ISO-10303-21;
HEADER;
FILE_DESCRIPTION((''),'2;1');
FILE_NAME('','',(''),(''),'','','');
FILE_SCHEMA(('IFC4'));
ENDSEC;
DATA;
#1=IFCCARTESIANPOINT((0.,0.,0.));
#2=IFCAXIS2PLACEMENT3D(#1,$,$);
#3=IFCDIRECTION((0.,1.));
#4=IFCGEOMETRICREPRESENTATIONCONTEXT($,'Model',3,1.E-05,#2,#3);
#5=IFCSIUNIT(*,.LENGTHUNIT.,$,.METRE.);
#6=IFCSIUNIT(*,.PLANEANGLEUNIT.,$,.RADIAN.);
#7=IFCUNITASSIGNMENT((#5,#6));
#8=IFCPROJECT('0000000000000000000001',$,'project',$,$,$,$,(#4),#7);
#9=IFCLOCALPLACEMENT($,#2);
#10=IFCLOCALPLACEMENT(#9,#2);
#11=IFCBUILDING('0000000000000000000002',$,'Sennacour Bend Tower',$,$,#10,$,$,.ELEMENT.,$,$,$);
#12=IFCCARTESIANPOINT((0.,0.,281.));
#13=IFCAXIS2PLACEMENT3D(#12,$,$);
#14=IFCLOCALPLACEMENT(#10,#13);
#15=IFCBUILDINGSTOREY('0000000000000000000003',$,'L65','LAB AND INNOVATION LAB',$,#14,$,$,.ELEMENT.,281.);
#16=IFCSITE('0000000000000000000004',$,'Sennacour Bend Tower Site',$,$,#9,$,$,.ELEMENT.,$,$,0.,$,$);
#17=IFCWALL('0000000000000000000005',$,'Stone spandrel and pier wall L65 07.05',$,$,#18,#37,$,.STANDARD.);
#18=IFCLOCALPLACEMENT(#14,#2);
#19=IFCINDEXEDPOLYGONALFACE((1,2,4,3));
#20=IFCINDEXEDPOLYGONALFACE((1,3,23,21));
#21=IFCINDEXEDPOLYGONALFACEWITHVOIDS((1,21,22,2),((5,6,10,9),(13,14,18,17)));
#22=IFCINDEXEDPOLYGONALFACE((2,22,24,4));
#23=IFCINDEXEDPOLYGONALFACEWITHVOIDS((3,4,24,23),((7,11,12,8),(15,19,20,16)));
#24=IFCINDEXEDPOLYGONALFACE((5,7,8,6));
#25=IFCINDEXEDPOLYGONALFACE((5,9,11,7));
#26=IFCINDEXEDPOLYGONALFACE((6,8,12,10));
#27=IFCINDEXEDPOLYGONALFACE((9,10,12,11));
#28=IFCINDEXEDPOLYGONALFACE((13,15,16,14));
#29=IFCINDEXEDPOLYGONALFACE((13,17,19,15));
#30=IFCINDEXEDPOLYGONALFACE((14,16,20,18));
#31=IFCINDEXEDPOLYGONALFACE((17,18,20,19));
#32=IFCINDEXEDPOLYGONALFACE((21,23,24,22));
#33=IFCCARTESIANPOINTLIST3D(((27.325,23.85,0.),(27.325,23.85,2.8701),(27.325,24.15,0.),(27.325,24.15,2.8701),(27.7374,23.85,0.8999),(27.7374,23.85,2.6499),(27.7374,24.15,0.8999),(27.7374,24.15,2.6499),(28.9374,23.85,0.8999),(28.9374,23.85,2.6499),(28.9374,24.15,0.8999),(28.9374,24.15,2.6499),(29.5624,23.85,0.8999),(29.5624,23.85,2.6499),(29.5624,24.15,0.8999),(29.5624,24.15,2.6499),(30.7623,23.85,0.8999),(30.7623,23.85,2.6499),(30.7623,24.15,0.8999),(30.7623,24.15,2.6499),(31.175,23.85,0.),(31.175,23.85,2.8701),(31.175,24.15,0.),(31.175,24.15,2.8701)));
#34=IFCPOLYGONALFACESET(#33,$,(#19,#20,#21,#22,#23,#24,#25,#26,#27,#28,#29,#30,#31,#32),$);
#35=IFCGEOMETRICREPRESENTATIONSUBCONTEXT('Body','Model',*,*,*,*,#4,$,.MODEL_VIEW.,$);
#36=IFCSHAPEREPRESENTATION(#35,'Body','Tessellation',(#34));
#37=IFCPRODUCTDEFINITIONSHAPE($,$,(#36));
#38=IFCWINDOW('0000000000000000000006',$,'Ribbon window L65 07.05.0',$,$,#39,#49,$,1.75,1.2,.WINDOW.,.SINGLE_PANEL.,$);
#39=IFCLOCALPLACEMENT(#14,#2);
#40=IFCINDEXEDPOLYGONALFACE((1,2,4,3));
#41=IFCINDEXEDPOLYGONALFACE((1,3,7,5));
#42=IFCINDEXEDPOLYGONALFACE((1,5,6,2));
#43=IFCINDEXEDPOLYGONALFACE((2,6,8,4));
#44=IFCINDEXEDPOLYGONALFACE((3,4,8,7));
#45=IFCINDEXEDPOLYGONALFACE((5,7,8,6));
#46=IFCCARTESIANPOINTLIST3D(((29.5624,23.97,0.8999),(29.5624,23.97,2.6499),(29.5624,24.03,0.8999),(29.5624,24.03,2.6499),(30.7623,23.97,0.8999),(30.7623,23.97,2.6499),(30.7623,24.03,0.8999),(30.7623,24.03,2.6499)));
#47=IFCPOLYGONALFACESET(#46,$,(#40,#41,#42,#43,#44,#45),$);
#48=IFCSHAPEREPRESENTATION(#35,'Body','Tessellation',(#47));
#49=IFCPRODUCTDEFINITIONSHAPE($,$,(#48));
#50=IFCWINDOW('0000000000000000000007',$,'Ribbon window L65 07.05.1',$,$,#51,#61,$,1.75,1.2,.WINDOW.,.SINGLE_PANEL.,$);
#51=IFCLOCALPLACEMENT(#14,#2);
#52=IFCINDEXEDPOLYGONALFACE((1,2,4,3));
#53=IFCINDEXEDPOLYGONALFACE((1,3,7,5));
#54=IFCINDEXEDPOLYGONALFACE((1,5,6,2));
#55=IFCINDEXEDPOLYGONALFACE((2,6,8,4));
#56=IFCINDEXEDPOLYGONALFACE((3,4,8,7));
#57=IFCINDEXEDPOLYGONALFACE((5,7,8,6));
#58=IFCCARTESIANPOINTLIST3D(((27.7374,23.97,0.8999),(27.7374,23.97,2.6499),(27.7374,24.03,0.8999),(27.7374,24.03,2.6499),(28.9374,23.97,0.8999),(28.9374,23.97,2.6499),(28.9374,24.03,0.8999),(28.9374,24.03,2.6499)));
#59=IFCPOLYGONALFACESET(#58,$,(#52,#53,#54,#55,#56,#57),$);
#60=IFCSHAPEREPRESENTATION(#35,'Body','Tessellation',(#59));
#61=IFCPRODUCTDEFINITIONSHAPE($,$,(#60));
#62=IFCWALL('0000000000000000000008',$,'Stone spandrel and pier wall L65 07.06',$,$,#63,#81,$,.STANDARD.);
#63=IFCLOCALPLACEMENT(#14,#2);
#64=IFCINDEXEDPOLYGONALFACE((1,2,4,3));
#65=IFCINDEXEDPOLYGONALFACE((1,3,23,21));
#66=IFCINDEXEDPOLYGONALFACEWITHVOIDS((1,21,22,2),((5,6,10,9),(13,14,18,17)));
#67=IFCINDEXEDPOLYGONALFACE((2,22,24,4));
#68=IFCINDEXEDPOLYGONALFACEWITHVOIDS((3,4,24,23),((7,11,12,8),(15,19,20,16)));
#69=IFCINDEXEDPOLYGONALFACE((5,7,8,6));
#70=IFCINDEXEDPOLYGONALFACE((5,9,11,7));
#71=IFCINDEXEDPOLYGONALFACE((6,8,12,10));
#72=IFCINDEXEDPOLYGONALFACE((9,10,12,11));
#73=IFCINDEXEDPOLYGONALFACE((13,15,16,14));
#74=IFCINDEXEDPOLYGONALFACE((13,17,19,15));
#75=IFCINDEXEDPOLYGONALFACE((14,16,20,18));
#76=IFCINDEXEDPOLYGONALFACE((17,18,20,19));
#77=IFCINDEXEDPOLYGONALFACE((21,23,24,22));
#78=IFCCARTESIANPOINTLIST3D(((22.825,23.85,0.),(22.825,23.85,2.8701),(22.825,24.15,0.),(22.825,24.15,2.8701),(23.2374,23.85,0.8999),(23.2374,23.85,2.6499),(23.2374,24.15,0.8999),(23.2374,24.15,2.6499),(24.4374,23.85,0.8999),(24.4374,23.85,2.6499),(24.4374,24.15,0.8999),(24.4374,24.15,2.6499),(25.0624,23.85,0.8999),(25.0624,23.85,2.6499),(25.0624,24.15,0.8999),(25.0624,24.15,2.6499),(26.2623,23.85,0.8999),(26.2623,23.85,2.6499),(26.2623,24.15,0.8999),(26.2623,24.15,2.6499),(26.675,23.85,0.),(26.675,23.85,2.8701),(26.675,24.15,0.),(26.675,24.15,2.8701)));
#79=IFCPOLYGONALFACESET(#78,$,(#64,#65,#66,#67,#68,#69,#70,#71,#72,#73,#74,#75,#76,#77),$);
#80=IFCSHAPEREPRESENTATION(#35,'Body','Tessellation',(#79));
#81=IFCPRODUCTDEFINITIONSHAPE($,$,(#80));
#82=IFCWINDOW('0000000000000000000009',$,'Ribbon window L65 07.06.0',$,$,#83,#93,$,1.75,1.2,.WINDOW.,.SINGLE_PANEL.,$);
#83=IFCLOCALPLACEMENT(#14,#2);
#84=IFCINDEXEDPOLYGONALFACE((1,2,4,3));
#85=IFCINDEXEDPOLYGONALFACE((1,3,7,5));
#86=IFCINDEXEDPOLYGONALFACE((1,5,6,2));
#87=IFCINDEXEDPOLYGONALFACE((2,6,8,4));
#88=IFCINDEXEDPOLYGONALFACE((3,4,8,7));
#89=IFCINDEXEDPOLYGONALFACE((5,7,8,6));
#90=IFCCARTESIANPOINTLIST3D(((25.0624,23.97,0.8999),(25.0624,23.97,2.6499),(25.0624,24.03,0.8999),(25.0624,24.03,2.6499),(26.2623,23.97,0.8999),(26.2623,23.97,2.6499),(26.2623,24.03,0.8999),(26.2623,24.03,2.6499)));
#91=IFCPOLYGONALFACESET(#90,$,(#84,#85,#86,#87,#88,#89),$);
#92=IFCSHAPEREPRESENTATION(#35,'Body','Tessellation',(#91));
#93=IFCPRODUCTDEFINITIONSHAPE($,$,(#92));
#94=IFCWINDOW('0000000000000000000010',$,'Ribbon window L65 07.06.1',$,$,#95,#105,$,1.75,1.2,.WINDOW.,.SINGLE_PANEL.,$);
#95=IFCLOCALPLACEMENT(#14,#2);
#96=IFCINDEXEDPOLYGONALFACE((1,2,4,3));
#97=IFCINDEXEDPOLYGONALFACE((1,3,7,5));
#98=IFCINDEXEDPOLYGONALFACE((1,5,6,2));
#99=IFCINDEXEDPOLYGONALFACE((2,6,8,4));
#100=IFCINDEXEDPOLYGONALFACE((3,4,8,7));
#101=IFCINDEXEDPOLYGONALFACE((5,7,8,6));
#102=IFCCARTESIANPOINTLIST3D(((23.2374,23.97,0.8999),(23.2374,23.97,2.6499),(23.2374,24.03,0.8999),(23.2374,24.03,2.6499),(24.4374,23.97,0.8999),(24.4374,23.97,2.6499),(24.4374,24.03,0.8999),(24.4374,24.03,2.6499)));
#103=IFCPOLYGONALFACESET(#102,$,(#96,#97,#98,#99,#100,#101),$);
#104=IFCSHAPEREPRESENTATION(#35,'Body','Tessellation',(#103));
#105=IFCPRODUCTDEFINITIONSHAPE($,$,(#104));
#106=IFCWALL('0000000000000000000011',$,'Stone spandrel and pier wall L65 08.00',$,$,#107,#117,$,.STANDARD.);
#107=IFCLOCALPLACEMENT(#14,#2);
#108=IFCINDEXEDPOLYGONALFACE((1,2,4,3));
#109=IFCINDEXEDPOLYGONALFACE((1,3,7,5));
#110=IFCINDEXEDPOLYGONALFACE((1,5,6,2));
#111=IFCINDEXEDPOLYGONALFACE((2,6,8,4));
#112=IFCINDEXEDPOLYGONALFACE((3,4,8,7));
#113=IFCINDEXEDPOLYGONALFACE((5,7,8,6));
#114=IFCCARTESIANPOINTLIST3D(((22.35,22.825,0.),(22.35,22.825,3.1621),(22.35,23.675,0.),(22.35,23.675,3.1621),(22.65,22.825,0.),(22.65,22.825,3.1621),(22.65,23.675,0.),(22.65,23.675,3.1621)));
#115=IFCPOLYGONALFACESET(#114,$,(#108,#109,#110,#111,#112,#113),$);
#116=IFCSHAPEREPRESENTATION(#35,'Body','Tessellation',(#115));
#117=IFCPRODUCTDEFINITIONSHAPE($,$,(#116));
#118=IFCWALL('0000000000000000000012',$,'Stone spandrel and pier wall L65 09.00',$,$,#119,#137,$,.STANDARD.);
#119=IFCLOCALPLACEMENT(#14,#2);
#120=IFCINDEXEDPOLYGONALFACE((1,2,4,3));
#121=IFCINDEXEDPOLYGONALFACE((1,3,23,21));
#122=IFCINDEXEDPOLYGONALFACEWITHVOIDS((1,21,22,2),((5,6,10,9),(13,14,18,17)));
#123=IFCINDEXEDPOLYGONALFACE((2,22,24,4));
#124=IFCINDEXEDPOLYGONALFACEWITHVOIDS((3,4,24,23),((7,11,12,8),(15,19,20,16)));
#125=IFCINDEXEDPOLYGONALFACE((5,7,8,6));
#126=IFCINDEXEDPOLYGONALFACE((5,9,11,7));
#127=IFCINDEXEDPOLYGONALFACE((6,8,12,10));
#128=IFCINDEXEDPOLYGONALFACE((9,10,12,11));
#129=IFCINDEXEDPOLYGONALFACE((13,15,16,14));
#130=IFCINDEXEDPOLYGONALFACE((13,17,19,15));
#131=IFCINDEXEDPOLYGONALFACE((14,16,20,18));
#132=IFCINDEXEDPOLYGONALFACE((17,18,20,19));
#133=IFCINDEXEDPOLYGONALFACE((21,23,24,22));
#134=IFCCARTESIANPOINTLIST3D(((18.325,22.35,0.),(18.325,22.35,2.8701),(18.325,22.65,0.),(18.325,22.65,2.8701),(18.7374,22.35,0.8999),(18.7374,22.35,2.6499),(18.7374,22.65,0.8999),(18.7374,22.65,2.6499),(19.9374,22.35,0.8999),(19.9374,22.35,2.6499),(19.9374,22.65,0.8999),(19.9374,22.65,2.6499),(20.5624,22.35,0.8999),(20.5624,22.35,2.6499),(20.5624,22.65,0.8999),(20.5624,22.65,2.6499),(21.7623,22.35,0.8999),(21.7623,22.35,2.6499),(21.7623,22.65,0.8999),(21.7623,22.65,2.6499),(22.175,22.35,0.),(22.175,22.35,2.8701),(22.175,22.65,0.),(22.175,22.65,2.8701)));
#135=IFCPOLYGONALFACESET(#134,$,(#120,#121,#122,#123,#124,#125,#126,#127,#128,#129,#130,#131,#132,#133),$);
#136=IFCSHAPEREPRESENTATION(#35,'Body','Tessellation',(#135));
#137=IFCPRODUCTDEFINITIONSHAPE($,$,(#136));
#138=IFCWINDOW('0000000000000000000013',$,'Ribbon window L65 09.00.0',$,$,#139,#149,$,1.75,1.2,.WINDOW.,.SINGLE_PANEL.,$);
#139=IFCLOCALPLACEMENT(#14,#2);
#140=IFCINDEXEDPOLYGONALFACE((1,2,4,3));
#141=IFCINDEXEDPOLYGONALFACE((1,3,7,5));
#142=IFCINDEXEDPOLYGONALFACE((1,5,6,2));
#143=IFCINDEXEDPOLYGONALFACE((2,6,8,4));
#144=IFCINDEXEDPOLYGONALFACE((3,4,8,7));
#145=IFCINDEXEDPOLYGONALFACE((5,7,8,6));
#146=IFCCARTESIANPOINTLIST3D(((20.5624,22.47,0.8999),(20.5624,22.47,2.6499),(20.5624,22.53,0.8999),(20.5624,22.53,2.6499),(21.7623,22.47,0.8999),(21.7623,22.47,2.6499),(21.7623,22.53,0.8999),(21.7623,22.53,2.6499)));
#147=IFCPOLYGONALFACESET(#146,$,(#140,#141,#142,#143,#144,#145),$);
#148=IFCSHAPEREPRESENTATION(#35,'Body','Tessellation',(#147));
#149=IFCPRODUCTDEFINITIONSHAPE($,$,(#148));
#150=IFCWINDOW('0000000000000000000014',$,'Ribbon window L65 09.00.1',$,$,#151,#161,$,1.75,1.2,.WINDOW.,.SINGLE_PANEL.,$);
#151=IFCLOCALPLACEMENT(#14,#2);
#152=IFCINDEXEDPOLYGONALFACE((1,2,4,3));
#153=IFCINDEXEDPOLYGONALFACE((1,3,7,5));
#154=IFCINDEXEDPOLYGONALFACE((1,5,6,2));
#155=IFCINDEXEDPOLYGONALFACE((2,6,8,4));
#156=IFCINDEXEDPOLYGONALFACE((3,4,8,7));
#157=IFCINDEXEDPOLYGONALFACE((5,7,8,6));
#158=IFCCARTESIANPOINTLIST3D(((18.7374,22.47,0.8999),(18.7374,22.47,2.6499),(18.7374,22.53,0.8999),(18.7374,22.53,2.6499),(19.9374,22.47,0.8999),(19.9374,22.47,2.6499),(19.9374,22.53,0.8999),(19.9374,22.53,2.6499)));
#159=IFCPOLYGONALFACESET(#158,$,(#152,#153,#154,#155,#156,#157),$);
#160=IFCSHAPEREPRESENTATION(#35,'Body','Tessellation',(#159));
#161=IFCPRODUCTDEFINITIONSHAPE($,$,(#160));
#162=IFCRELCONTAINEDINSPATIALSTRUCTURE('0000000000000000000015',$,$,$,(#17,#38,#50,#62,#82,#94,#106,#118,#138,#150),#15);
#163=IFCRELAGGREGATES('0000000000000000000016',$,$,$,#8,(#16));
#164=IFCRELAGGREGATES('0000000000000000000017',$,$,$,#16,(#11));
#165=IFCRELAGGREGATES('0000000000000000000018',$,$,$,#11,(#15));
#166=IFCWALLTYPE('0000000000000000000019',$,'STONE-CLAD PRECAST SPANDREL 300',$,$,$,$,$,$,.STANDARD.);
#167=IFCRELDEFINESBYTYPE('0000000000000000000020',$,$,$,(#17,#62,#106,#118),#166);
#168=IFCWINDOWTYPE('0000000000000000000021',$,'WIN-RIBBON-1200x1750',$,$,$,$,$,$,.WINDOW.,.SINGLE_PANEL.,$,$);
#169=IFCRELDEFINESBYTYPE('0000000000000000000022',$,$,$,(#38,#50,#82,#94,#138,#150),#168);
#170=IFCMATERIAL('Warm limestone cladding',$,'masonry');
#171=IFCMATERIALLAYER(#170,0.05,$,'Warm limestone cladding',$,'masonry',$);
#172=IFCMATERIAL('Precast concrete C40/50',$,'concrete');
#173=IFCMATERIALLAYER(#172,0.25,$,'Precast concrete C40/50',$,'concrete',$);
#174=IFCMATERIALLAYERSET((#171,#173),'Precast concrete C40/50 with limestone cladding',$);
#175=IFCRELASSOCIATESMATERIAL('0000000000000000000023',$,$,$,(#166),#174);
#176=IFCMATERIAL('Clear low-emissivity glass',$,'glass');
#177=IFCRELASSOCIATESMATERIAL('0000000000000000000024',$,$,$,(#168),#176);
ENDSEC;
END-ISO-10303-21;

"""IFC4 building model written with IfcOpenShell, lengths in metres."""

from ifc_helpers import new_model, si_unit, direction, frame, frame_2d, origin, place, context, subcontext, project, spatial, rectangle, extrude, material, layer, layer_set, type_object, element, fill, save


model = new_model("IFC4")

# Units and contexts
model_context = context("Model", 3, precision=1e-05, world=origin(), true_north=direction((0.0, 1.0)))
body_context = subcontext(model_context, "Body", "Model", "MODEL_VIEW")
ifc_project = project(units=[si_unit("LENGTHUNIT", "METRE"), si_unit("PLANEANGLEUNIT", "RADIAN")], contexts=[model_context])

# Site, building, storey
site_placement = place(None, origin())
site = spatial("IfcSite", under=ifc_project, at=site_placement, Name="Sennacour Bend Tower Site", CompositionType="ELEMENT", RefElevation=0.0)
building_placement = place(site_placement, origin())
building = spatial("IfcBuilding", under=site, at=building_placement, Name="Sennacour Bend Tower", CompositionType="ELEMENT")
storey_placement = place(building_placement, frame((0.0, 0.0, 281.0)))
storey = spatial("IfcBuildingStorey", under=building, at=storey_placement, Name="L65", Description="LAB AND INNOVATION LAB", CompositionType="ELEMENT", Elevation=281.0)

# Walls, openings, windows
ifc_material_1 = material(Name="Warm limestone cladding", Category="masonry")
ifc_layer_1 = layer(ifc_material_1, 0.05, Name="Warm limestone cladding", Category="masonry")
ifc_material_2 = material(Name="Precast concrete C40/50", Category="concrete")
ifc_layer_2 = layer(ifc_material_2, 0.25, Name="Precast concrete C40/50", Category="concrete")
ifc_layer_set_1 = layer_set([ifc_layer_1, ifc_layer_2], Name="Precast concrete C40/50 with limestone cladding")
wall_type_1 = type_object("IfcWallType", Name="STONE-CLAD PRECAST SPANDREL 300", PredefinedType="STANDARD", material=ifc_layer_set_1)
wall_1_placement = place(storey_placement, frame((31.175, 24.0, 0.0), z_axis=(0.0, 0.0, 1.0), x_axis=(-1.0, 0.0, 0.0)))
wall_1 = element("IfcWall", 1, at=wall_1_placement, inside=storey, type_object=wall_type_1, Name="Stone spandrel and pier wall L65 07.05", PredefinedType="STANDARD", context=body_context, shape_type="SweptSolid", body=[
    extrude(rectangle(XDim=3.8501, YDim=0.3, at=frame_2d((1.925, 0.0))), origin(), (0.0, 0.0, 1.0), 2.8701),
])
opening_1_placement = place(wall_1_placement, frame((0.4126, 0.0, 0.8999)))
opening_1 = element("IfcOpeningElement", 2, at=opening_1_placement, cuts=wall_1, PredefinedType="OPENING", context=body_context, shape_type="SweptSolid", body=[
    extrude(rectangle(XDim=1.2, YDim=1.75, at=frame_2d((0.6001, 0.875))), frame((0.0, 0.1602, 0.0), z_axis=(0.0, -1.0, 0.0), x_axis=(1.0, 0.0, 0.0)), (0.0, 0.0, 1.0), 0.3201),
])
opening_2_placement = place(wall_1_placement, frame((2.2375, 0.0, 0.8999)))
opening_2 = element("IfcOpeningElement", 3, at=opening_2_placement, cuts=wall_1, PredefinedType="OPENING", context=body_context, shape_type="SweptSolid", body=[
    extrude(rectangle(XDim=1.2, YDim=1.75, at=frame_2d((0.6001, 0.875))), frame((0.0, 0.1602, 0.0), z_axis=(0.0, -1.0, 0.0), x_axis=(1.0, 0.0, 0.0)), (0.0, 0.0, 1.0), 0.3201),
])
ifc_material_3 = material(Name="Clear low-emissivity glass", Category="glass")
window_type = type_object("IfcWindowType", Name="WIN-RIBBON-1200x1750", PartitioningType="SINGLE_PANEL", PredefinedType="WINDOW", material=ifc_material_3)
window_1_placement = place(opening_1_placement, origin())
window_1 = element("IfcWindow", 4, at=window_1_placement, inside=storey, type_object=window_type, Name="Ribbon window L65 07.05.0", OverallHeight=1.75, OverallWidth=1.2, PartitioningType="SINGLE_PANEL", PredefinedType="WINDOW", context=body_context, shape_type="SweptSolid", body=[
    extrude(rectangle(XDim=1.2, YDim=1.75, at=frame_2d((0.6001, 0.875))), frame((0.0, 0.03, 0.0), z_axis=(0.0, -1.0, 0.0), x_axis=(1.0, 0.0, 0.0)), (0.0, 0.0, 1.0), 0.0601),
])
fill(opening_1, window_1)
window_2_placement = place(opening_2_placement, origin())
window_2 = element("IfcWindow", 5, at=window_2_placement, inside=storey, type_object=window_type, Name="Ribbon window L65 07.05.1", OverallHeight=1.75, OverallWidth=1.2, PartitioningType="SINGLE_PANEL", PredefinedType="WINDOW", context=body_context, shape_type="SweptSolid", body=[
    extrude(rectangle(XDim=1.2, YDim=1.75, at=frame_2d((0.6001, 0.875))), frame((0.0, 0.03, 0.0), z_axis=(0.0, -1.0, 0.0), x_axis=(1.0, 0.0, 0.0)), (0.0, 0.0, 1.0), 0.0601),
])
fill(opening_2, window_2)
wall_2_placement = place(storey_placement, frame((26.675, 24.0, 0.0), z_axis=(0.0, 0.0, 1.0), x_axis=(-1.0, 0.0, 0.0)))
wall_2 = element("IfcWall", 6, at=wall_2_placement, inside=storey, type_object=wall_type_1, Name="Stone spandrel and pier wall L65 07.06", PredefinedType="STANDARD", context=body_context, shape_type="SweptSolid", body=[
    extrude(rectangle(XDim=3.8501, YDim=0.3, at=frame_2d((1.925, 0.0))), origin(), (0.0, 0.0, 1.0), 2.8701),
])
opening_3_placement = place(wall_2_placement, frame((0.4126, 0.0, 0.8999)))
opening_3 = element("IfcOpeningElement", 7, at=opening_3_placement, cuts=wall_2, PredefinedType="OPENING", context=body_context, shape_type="SweptSolid", body=[
    extrude(rectangle(XDim=1.2, YDim=1.75, at=frame_2d((0.6001, 0.875))), frame((0.0, 0.1602, 0.0), z_axis=(0.0, -1.0, 0.0), x_axis=(1.0, 0.0, 0.0)), (0.0, 0.0, 1.0), 0.3201),
])
opening_4_placement = place(wall_2_placement, frame((2.2375, 0.0, 0.8999)))
opening_4 = element("IfcOpeningElement", 8, at=opening_4_placement, cuts=wall_2, PredefinedType="OPENING", context=body_context, shape_type="SweptSolid", body=[
    extrude(rectangle(XDim=1.2, YDim=1.75, at=frame_2d((0.6001, 0.875))), frame((0.0, 0.1602, 0.0), z_axis=(0.0, -1.0, 0.0), x_axis=(1.0, 0.0, 0.0)), (0.0, 0.0, 1.0), 0.3201),
])
window_3_placement = place(opening_3_placement, origin())
window_3 = element("IfcWindow", 9, at=window_3_placement, inside=storey, type_object=window_type, Name="Ribbon window L65 07.06.0", OverallHeight=1.75, OverallWidth=1.2, PartitioningType="SINGLE_PANEL", PredefinedType="WINDOW", context=body_context, shape_type="SweptSolid", body=[
    extrude(rectangle(XDim=1.2, YDim=1.75, at=frame_2d((0.6001, 0.875))), frame((0.0, 0.03, 0.0), z_axis=(0.0, -1.0, 0.0), x_axis=(1.0, 0.0, 0.0)), (0.0, 0.0, 1.0), 0.0601),
])
fill(opening_3, window_3)
window_4_placement = place(opening_4_placement, origin())
window_4 = element("IfcWindow", 10, at=window_4_placement, inside=storey, type_object=window_type, Name="Ribbon window L65 07.06.1", OverallHeight=1.75, OverallWidth=1.2, PartitioningType="SINGLE_PANEL", PredefinedType="WINDOW", context=body_context, shape_type="SweptSolid", body=[
    extrude(rectangle(XDim=1.2, YDim=1.75, at=frame_2d((0.6001, 0.875))), frame((0.0, 0.03, 0.0), z_axis=(0.0, -1.0, 0.0), x_axis=(1.0, 0.0, 0.0)), (0.0, 0.0, 1.0), 0.0601),
])
fill(opening_4, window_4)

# Wall
wall_3_placement = place(storey_placement, frame((22.5, 23.675, 0.0), z_axis=(0.0, 0.0, 1.0), x_axis=(0.0, -1.0, 0.0)))
element("IfcWall", 11, at=wall_3_placement, inside=storey, type_object=wall_type_1, Name="Stone spandrel and pier wall L65 08.00", PredefinedType="STANDARD", context=body_context, shape_type="SweptSolid", body=[
    extrude(rectangle(XDim=0.8501, YDim=0.3, at=frame_2d((0.425, 0.0))), origin(), (0.0, 0.0, 1.0), 3.1621),
])

# Wall, openings, windows
wall_4_placement = place(storey_placement, frame((22.175, 22.5, 0.0), z_axis=(0.0, 0.0, 1.0), x_axis=(-1.0, 0.0, 0.0)))
wall_4 = element("IfcWall", 12, at=wall_4_placement, inside=storey, type_object=wall_type_1, Name="Stone spandrel and pier wall L65 09.00", PredefinedType="STANDARD", context=body_context, shape_type="SweptSolid", body=[
    extrude(rectangle(XDim=3.8501, YDim=0.3, at=frame_2d((1.925, 0.0))), origin(), (0.0, 0.0, 1.0), 2.8701),
])
opening_5_placement = place(wall_4_placement, frame((0.4126, 0.0, 0.8999)))
opening_5 = element("IfcOpeningElement", 13, at=opening_5_placement, cuts=wall_4, PredefinedType="OPENING", context=body_context, shape_type="SweptSolid", body=[
    extrude(rectangle(XDim=1.2, YDim=1.75, at=frame_2d((0.6001, 0.875))), frame((0.0, 0.1602, 0.0), z_axis=(0.0, -1.0, 0.0), x_axis=(1.0, 0.0, 0.0)), (0.0, 0.0, 1.0), 0.3201),
])
opening_6_placement = place(wall_4_placement, frame((2.2375, 0.0, 0.8999)))
opening_6 = element("IfcOpeningElement", 14, at=opening_6_placement, cuts=wall_4, PredefinedType="OPENING", context=body_context, shape_type="SweptSolid", body=[
    extrude(rectangle(XDim=1.2, YDim=1.75, at=frame_2d((0.6001, 0.875))), frame((0.0, 0.1602, 0.0), z_axis=(0.0, -1.0, 0.0), x_axis=(1.0, 0.0, 0.0)), (0.0, 0.0, 1.0), 0.3201),
])
window_5_placement = place(opening_5_placement, origin())
window_5 = element("IfcWindow", 15, at=window_5_placement, inside=storey, type_object=window_type, Name="Ribbon window L65 09.00.0", OverallHeight=1.75, OverallWidth=1.2, PartitioningType="SINGLE_PANEL", PredefinedType="WINDOW", context=body_context, shape_type="SweptSolid", body=[
    extrude(rectangle(XDim=1.2, YDim=1.75, at=frame_2d((0.6001, 0.875))), frame((0.0, 0.03, 0.0), z_axis=(0.0, -1.0, 0.0), x_axis=(1.0, 0.0, 0.0)), (0.0, 0.0, 1.0), 0.0601),
])
fill(opening_5, window_5)
window_6_placement = place(opening_6_placement, origin())
window_6 = element("IfcWindow", 16, at=window_6_placement, inside=storey, type_object=window_type, Name="Ribbon window L65 09.00.1", OverallHeight=1.75, OverallWidth=1.2, PartitioningType="SINGLE_PANEL", PredefinedType="WINDOW", context=body_context, shape_type="SweptSolid", body=[
    extrude(rectangle(XDim=1.2, YDim=1.75, at=frame_2d((0.6001, 0.875))), frame((0.0, 0.03, 0.0), z_axis=(0.0, -1.0, 0.0), x_axis=(1.0, 0.0, 0.0)), (0.0, 0.0, 1.0), 0.0601),
])
fill(opening_6, window_6)

save(model, "model.ifc")
